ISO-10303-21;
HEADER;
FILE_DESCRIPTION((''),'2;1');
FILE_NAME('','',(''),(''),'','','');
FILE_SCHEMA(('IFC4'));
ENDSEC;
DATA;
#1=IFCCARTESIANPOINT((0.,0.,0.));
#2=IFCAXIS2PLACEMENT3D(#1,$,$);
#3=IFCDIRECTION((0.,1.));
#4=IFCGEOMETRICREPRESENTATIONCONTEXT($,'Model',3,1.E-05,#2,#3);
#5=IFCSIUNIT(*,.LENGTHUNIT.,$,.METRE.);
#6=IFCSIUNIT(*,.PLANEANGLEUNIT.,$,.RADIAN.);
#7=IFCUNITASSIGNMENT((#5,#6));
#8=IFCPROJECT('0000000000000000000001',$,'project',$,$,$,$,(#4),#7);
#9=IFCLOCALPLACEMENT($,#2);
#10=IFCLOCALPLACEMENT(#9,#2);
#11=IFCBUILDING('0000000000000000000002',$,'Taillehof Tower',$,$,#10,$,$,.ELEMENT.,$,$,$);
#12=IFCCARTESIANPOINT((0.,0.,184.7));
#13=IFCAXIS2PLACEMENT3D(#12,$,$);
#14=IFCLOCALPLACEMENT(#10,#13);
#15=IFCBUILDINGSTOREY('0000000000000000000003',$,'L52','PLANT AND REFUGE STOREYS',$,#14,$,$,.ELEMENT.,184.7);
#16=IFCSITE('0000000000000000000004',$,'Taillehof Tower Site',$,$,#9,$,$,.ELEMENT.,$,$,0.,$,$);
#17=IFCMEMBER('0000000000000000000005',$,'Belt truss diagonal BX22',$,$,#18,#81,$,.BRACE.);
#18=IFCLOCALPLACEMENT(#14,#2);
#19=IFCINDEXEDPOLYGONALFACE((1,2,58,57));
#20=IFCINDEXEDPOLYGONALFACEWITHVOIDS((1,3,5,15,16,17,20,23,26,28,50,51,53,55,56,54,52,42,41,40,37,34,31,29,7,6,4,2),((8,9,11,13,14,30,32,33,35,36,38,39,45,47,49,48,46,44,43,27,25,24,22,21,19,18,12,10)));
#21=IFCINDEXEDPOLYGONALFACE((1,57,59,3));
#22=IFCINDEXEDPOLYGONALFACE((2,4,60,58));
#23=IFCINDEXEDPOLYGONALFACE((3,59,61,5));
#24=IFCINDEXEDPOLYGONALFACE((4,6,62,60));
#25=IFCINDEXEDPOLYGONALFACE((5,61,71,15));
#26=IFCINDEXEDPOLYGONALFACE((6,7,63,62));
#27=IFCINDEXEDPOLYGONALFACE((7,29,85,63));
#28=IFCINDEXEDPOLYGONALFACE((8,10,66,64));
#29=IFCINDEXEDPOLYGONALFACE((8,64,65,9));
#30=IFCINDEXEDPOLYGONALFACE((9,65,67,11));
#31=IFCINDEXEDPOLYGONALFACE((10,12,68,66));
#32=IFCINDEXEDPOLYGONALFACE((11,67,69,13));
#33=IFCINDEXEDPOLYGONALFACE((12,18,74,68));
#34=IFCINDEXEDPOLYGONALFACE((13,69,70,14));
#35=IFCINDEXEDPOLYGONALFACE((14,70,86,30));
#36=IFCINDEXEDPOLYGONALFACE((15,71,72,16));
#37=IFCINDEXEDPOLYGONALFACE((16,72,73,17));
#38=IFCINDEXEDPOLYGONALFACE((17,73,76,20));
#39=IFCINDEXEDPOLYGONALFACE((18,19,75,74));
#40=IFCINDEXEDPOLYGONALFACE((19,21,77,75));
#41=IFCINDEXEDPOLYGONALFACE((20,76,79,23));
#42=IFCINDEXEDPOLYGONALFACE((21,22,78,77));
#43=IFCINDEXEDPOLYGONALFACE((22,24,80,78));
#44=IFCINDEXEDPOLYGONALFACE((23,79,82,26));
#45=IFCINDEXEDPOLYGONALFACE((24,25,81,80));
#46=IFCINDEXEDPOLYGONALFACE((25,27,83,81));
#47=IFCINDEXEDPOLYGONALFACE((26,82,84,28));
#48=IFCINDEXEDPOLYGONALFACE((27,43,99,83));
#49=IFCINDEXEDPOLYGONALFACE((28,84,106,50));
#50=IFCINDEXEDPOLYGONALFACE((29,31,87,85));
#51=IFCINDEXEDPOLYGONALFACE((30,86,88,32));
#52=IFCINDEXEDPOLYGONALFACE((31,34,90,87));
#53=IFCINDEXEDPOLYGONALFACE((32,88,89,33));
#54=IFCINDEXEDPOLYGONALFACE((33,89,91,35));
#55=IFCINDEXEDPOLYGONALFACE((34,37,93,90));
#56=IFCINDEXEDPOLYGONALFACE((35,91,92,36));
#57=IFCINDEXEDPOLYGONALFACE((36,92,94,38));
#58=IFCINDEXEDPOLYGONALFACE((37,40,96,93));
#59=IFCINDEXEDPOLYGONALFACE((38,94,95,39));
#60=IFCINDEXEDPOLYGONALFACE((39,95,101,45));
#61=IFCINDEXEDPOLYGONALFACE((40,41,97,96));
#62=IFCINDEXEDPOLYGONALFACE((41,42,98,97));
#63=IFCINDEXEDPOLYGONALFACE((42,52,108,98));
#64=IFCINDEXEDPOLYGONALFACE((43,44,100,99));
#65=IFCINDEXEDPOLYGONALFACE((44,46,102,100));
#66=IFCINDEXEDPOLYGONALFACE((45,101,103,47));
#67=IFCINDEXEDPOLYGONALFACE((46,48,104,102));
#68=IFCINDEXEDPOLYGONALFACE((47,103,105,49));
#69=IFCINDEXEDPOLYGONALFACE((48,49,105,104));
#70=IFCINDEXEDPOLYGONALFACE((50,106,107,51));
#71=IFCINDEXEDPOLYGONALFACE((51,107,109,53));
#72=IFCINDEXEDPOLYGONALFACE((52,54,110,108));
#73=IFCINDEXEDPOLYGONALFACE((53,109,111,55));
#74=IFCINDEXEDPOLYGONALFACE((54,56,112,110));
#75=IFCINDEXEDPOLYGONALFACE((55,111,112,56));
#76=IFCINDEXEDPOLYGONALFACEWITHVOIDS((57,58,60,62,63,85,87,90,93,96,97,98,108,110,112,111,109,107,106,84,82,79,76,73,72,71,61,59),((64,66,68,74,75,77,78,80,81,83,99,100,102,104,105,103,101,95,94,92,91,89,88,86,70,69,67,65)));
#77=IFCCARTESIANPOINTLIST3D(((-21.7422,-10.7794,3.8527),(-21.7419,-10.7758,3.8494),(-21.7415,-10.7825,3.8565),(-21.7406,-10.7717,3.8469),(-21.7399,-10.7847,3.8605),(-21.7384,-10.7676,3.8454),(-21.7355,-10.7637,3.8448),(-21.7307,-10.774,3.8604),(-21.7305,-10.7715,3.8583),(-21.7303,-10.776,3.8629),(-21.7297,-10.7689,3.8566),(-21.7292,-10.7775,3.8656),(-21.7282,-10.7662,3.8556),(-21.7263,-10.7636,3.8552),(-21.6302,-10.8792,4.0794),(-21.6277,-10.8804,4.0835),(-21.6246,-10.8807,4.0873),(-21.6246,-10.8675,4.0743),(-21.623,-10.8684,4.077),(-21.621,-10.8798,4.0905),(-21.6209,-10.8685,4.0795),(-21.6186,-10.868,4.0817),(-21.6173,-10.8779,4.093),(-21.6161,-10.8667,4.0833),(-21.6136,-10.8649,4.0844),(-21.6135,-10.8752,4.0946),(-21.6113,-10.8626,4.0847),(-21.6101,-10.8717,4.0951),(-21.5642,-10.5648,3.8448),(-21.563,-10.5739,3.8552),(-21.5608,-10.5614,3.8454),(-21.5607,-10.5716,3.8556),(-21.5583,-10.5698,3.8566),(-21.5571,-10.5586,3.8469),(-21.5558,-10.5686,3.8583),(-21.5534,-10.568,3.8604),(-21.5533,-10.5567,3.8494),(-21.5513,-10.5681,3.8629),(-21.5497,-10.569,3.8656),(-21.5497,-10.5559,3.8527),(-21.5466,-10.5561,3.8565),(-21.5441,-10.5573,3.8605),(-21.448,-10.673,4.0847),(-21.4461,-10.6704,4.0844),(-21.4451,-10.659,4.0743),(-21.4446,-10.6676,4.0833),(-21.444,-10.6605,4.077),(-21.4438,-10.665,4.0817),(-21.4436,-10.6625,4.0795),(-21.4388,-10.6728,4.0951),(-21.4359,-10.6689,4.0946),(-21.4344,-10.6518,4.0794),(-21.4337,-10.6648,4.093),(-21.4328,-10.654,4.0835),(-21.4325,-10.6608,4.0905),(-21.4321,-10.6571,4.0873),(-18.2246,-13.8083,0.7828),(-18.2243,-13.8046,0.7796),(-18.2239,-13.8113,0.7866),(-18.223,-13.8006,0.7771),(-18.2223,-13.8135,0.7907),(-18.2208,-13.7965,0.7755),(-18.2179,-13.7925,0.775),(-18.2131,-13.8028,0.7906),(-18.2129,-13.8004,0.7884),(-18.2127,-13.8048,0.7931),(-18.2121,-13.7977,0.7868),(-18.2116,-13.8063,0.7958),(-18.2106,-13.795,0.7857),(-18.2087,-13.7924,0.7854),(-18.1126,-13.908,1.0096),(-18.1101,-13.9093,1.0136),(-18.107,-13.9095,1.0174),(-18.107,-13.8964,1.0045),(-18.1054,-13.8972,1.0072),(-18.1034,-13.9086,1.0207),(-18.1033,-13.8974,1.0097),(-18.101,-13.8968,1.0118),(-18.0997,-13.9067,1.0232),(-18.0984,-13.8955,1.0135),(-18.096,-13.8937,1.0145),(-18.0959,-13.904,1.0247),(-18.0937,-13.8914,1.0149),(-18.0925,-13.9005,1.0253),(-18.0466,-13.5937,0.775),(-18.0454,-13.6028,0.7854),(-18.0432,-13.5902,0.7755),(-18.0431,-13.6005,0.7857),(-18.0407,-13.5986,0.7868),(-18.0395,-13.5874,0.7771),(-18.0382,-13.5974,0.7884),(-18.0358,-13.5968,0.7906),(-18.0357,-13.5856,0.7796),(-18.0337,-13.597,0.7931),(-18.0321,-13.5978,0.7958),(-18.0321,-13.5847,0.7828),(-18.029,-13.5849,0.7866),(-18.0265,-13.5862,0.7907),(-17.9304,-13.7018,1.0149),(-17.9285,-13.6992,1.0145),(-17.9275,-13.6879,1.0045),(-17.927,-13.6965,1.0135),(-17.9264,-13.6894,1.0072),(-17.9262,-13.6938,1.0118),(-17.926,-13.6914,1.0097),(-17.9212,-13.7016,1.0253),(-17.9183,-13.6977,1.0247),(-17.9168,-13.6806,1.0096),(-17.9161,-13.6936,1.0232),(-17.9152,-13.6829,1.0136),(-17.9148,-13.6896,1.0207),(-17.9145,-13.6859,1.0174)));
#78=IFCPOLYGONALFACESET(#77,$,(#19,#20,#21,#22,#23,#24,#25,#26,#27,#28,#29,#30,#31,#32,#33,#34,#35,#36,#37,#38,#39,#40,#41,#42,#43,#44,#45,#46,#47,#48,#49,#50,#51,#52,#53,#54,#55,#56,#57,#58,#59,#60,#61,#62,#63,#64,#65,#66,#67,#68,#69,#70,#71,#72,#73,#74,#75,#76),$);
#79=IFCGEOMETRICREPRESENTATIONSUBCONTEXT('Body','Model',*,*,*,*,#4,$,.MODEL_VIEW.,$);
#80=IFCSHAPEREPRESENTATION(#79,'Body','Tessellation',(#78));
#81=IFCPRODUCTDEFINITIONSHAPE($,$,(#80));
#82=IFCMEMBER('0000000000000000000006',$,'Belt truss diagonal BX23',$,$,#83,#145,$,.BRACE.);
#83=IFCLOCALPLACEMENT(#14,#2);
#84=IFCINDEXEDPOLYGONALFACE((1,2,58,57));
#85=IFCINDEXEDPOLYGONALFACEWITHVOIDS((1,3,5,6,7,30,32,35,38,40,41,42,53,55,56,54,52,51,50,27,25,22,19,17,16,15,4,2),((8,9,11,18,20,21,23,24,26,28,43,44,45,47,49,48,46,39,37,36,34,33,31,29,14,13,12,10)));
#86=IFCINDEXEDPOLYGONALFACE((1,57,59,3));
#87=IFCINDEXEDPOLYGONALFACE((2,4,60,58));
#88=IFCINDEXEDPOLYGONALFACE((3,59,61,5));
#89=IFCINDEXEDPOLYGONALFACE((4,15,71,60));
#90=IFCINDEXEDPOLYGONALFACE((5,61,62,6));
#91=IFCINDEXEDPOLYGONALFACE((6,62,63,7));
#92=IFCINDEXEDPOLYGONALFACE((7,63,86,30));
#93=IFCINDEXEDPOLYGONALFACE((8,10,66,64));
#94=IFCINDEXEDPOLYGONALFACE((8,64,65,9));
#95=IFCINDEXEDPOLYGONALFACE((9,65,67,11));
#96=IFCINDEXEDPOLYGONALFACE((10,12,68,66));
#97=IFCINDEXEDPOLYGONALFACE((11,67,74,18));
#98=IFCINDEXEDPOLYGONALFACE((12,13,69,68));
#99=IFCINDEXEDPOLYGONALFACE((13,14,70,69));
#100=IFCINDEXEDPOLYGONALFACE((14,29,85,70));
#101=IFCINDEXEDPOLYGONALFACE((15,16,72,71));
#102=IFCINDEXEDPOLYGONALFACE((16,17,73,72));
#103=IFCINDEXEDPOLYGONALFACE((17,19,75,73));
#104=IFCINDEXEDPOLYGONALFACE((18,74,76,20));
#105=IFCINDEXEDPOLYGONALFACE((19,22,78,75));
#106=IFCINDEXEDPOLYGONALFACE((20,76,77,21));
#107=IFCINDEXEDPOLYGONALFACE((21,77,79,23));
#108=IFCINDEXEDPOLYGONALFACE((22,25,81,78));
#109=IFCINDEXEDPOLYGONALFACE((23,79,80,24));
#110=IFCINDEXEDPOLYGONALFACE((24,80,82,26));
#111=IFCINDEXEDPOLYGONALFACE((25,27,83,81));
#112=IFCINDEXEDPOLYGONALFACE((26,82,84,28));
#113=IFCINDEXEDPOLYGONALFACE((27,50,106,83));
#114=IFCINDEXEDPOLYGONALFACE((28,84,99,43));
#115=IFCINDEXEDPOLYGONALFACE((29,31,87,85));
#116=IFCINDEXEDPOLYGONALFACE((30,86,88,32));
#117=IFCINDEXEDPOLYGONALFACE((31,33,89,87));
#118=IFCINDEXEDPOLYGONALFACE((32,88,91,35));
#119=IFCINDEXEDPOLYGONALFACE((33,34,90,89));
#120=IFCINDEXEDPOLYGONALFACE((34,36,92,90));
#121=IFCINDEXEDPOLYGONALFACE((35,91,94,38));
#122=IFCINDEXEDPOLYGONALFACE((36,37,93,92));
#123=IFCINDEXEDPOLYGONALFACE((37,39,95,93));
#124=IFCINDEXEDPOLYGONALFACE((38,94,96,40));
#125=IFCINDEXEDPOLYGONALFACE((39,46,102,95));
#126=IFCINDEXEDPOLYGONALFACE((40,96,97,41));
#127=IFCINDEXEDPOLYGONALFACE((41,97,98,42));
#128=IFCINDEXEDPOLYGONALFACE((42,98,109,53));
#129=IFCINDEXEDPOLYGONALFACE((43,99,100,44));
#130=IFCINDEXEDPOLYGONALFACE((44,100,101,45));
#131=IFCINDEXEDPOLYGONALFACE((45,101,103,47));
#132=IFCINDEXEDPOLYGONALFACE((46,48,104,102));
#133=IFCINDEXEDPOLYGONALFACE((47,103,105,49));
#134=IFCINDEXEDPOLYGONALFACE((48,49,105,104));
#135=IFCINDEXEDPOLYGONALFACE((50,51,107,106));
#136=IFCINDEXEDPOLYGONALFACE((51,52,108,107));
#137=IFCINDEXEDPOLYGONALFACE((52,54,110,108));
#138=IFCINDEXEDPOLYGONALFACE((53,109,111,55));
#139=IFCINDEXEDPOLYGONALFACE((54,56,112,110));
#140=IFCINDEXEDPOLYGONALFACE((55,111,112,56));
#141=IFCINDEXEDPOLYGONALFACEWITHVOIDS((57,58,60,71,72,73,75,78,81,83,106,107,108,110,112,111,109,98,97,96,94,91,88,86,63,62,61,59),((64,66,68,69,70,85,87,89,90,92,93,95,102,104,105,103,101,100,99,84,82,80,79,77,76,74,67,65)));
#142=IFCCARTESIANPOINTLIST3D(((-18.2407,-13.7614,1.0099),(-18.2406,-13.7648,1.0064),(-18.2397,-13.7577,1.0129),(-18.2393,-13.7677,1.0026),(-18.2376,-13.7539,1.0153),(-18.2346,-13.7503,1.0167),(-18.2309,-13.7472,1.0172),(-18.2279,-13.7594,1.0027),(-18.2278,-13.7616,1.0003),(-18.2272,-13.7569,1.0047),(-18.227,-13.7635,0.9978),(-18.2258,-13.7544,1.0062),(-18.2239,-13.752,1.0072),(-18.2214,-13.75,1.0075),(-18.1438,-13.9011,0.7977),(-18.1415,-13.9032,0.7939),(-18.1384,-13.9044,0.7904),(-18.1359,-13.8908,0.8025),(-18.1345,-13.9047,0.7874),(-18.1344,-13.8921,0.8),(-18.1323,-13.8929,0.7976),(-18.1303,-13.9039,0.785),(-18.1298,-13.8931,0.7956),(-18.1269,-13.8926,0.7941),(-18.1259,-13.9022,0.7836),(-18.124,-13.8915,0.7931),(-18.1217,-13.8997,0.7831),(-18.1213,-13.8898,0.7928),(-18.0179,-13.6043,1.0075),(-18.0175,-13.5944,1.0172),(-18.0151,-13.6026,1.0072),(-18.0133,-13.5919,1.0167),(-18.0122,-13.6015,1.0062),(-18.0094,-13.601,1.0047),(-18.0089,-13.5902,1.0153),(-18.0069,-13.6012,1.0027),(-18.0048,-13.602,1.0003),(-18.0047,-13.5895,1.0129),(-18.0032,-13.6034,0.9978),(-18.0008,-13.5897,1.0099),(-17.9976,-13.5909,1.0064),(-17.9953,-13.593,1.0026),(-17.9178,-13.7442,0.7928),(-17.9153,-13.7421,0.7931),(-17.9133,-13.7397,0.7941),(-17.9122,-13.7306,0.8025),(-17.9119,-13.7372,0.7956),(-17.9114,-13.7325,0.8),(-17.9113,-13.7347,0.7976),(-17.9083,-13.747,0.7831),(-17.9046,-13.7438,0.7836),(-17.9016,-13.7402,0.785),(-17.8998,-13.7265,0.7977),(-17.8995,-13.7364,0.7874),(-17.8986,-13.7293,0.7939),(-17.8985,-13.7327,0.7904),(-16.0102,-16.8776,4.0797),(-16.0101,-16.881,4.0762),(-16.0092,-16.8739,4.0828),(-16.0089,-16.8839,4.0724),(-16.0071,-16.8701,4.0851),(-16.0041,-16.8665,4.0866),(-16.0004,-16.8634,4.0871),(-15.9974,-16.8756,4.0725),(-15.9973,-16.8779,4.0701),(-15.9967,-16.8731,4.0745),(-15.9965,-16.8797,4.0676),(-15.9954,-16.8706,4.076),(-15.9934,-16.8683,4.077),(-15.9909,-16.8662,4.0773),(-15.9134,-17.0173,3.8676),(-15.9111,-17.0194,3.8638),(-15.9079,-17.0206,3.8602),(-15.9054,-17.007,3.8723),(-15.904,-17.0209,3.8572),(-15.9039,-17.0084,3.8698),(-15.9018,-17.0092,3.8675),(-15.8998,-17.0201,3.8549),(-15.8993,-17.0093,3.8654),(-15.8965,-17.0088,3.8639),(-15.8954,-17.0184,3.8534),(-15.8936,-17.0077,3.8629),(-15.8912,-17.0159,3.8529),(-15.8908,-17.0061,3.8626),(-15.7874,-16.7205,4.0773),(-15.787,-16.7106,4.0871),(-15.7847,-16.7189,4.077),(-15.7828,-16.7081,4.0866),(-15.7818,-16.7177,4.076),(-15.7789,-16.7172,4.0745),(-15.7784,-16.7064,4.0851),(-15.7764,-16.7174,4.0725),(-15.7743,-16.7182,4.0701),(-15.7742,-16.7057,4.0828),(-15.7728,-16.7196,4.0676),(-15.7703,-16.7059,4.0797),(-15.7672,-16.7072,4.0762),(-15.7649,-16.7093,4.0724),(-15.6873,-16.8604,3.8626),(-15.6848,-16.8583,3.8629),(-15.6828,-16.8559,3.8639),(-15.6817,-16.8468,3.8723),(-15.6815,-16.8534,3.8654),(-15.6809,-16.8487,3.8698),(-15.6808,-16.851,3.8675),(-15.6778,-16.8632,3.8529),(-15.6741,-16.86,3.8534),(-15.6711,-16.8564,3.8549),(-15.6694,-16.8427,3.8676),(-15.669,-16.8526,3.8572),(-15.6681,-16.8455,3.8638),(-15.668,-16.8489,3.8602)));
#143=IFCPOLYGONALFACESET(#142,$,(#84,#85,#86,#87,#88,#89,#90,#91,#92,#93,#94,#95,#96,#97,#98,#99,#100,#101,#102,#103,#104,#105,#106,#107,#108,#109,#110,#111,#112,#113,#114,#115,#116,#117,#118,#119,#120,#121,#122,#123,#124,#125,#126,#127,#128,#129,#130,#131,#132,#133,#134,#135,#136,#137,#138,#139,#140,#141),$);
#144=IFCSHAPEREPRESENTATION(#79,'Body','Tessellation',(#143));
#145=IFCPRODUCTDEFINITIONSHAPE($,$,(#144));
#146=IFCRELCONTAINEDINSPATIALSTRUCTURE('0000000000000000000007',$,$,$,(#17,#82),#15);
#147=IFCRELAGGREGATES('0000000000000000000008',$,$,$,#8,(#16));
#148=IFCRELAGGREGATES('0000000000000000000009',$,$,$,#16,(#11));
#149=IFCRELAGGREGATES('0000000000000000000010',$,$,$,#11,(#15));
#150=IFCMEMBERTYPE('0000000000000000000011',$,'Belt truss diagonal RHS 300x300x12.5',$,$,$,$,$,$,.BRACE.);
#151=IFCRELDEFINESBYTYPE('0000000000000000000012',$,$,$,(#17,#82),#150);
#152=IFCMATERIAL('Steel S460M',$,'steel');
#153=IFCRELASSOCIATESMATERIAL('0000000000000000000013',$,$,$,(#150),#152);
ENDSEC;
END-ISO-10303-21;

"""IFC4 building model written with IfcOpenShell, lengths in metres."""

from ifc_helpers import new_model, si_unit, direction, frame, origin, origin_2d, place, context, subcontext, project, spatial, hollow_rectangle, extrude, material, material_profile, profile_set, type_object, element, save


model = new_model("IFC4")

# Units and contexts
model_context = context("Model", 3, precision=1e-05, world=origin(), true_north=direction((0.0, 1.0)))
body_context = subcontext(model_context, "Body", "Model", "MODEL_VIEW")
ifc_project = project(units=[si_unit("LENGTHUNIT", "METRE"), si_unit("PLANEANGLEUNIT", "RADIAN")], contexts=[model_context])

# Site, building, storey
site_placement = place(None, origin())
site = spatial("IfcSite", under=ifc_project, at=site_placement, Name="Taillehof Tower Site", CompositionType="ELEMENT", RefElevation=0.0)
building_placement = place(site_placement, origin())
building = spatial("IfcBuilding", under=site, at=building_placement, Name="Taillehof Tower", CompositionType="ELEMENT")
storey_placement = place(building_placement, frame((0.0, 0.0, 184.7)))
storey = spatial("IfcBuildingStorey", under=building, at=storey_placement, Name="L52", Description="PLANT AND REFUGE STOREYS", CompositionType="ELEMENT", Elevation=184.7)

# Members
ifc_material_1 = material(Name="Steel S460M", Category="steel")
ifc_material_profile_1 = material_profile(ifc_material_1, hollow_rectangle(XDim=0.3, YDim=0.3, WallThickness=0.0125, InnerFilletRadius=0.0125, OuterFilletRadius=0.0188, at=origin_2d()), Name="RHS 300x300x12.5")
ifc_profile_set_1 = profile_set([ifc_material_profile_1], Name="Steel S460M")
member_type_1 = type_object("IfcMemberType", Name="Belt truss diagonal RHS 300x300x12.5", PredefinedType="BRACE", material=ifc_profile_set_1)
member_1_placement = place(storey_placement, frame((-21.5872, -10.7183, 3.97), z_axis=(0.632073, -0.544246, -0.551616), x_axis=(0.652496, 0.757792, 0.0)))
element("IfcMember", 1, at=member_1_placement, inside=storey, type_object=member_type_1, Name="Belt truss diagonal BX22", PredefinedType="BRACE", context=body_context, shape_type="SweptSolid", body=[
    extrude(hollow_rectangle(XDim=0.3, YDim=0.3, WallThickness=0.0125, InnerFilletRadius=0.0125, OuterFilletRadius=0.0188, at=origin_2d()), origin(), (0.0, 0.0, 1.0), 5.5652),
])
member_2_placement = place(storey_placement, frame((-18.0696, -13.7471, 0.9001), z_axis=(0.454257, -0.634647, 0.6252), x_axis=(0.813165, 0.582033, 0.0)))
element("IfcMember", 2, at=member_2_placement, inside=storey, type_object=member_type_1, Name="Belt truss diagonal BX23", PredefinedType="BRACE", context=body_context, shape_type="SweptSolid", body=[
    extrude(hollow_rectangle(XDim=0.3, YDim=0.3, WallThickness=0.0125, InnerFilletRadius=0.0125, OuterFilletRadius=0.0188, at=origin_2d()), origin(), (0.0, 0.0, 1.0), 4.9102),
])

save(model, "model.ifc")
